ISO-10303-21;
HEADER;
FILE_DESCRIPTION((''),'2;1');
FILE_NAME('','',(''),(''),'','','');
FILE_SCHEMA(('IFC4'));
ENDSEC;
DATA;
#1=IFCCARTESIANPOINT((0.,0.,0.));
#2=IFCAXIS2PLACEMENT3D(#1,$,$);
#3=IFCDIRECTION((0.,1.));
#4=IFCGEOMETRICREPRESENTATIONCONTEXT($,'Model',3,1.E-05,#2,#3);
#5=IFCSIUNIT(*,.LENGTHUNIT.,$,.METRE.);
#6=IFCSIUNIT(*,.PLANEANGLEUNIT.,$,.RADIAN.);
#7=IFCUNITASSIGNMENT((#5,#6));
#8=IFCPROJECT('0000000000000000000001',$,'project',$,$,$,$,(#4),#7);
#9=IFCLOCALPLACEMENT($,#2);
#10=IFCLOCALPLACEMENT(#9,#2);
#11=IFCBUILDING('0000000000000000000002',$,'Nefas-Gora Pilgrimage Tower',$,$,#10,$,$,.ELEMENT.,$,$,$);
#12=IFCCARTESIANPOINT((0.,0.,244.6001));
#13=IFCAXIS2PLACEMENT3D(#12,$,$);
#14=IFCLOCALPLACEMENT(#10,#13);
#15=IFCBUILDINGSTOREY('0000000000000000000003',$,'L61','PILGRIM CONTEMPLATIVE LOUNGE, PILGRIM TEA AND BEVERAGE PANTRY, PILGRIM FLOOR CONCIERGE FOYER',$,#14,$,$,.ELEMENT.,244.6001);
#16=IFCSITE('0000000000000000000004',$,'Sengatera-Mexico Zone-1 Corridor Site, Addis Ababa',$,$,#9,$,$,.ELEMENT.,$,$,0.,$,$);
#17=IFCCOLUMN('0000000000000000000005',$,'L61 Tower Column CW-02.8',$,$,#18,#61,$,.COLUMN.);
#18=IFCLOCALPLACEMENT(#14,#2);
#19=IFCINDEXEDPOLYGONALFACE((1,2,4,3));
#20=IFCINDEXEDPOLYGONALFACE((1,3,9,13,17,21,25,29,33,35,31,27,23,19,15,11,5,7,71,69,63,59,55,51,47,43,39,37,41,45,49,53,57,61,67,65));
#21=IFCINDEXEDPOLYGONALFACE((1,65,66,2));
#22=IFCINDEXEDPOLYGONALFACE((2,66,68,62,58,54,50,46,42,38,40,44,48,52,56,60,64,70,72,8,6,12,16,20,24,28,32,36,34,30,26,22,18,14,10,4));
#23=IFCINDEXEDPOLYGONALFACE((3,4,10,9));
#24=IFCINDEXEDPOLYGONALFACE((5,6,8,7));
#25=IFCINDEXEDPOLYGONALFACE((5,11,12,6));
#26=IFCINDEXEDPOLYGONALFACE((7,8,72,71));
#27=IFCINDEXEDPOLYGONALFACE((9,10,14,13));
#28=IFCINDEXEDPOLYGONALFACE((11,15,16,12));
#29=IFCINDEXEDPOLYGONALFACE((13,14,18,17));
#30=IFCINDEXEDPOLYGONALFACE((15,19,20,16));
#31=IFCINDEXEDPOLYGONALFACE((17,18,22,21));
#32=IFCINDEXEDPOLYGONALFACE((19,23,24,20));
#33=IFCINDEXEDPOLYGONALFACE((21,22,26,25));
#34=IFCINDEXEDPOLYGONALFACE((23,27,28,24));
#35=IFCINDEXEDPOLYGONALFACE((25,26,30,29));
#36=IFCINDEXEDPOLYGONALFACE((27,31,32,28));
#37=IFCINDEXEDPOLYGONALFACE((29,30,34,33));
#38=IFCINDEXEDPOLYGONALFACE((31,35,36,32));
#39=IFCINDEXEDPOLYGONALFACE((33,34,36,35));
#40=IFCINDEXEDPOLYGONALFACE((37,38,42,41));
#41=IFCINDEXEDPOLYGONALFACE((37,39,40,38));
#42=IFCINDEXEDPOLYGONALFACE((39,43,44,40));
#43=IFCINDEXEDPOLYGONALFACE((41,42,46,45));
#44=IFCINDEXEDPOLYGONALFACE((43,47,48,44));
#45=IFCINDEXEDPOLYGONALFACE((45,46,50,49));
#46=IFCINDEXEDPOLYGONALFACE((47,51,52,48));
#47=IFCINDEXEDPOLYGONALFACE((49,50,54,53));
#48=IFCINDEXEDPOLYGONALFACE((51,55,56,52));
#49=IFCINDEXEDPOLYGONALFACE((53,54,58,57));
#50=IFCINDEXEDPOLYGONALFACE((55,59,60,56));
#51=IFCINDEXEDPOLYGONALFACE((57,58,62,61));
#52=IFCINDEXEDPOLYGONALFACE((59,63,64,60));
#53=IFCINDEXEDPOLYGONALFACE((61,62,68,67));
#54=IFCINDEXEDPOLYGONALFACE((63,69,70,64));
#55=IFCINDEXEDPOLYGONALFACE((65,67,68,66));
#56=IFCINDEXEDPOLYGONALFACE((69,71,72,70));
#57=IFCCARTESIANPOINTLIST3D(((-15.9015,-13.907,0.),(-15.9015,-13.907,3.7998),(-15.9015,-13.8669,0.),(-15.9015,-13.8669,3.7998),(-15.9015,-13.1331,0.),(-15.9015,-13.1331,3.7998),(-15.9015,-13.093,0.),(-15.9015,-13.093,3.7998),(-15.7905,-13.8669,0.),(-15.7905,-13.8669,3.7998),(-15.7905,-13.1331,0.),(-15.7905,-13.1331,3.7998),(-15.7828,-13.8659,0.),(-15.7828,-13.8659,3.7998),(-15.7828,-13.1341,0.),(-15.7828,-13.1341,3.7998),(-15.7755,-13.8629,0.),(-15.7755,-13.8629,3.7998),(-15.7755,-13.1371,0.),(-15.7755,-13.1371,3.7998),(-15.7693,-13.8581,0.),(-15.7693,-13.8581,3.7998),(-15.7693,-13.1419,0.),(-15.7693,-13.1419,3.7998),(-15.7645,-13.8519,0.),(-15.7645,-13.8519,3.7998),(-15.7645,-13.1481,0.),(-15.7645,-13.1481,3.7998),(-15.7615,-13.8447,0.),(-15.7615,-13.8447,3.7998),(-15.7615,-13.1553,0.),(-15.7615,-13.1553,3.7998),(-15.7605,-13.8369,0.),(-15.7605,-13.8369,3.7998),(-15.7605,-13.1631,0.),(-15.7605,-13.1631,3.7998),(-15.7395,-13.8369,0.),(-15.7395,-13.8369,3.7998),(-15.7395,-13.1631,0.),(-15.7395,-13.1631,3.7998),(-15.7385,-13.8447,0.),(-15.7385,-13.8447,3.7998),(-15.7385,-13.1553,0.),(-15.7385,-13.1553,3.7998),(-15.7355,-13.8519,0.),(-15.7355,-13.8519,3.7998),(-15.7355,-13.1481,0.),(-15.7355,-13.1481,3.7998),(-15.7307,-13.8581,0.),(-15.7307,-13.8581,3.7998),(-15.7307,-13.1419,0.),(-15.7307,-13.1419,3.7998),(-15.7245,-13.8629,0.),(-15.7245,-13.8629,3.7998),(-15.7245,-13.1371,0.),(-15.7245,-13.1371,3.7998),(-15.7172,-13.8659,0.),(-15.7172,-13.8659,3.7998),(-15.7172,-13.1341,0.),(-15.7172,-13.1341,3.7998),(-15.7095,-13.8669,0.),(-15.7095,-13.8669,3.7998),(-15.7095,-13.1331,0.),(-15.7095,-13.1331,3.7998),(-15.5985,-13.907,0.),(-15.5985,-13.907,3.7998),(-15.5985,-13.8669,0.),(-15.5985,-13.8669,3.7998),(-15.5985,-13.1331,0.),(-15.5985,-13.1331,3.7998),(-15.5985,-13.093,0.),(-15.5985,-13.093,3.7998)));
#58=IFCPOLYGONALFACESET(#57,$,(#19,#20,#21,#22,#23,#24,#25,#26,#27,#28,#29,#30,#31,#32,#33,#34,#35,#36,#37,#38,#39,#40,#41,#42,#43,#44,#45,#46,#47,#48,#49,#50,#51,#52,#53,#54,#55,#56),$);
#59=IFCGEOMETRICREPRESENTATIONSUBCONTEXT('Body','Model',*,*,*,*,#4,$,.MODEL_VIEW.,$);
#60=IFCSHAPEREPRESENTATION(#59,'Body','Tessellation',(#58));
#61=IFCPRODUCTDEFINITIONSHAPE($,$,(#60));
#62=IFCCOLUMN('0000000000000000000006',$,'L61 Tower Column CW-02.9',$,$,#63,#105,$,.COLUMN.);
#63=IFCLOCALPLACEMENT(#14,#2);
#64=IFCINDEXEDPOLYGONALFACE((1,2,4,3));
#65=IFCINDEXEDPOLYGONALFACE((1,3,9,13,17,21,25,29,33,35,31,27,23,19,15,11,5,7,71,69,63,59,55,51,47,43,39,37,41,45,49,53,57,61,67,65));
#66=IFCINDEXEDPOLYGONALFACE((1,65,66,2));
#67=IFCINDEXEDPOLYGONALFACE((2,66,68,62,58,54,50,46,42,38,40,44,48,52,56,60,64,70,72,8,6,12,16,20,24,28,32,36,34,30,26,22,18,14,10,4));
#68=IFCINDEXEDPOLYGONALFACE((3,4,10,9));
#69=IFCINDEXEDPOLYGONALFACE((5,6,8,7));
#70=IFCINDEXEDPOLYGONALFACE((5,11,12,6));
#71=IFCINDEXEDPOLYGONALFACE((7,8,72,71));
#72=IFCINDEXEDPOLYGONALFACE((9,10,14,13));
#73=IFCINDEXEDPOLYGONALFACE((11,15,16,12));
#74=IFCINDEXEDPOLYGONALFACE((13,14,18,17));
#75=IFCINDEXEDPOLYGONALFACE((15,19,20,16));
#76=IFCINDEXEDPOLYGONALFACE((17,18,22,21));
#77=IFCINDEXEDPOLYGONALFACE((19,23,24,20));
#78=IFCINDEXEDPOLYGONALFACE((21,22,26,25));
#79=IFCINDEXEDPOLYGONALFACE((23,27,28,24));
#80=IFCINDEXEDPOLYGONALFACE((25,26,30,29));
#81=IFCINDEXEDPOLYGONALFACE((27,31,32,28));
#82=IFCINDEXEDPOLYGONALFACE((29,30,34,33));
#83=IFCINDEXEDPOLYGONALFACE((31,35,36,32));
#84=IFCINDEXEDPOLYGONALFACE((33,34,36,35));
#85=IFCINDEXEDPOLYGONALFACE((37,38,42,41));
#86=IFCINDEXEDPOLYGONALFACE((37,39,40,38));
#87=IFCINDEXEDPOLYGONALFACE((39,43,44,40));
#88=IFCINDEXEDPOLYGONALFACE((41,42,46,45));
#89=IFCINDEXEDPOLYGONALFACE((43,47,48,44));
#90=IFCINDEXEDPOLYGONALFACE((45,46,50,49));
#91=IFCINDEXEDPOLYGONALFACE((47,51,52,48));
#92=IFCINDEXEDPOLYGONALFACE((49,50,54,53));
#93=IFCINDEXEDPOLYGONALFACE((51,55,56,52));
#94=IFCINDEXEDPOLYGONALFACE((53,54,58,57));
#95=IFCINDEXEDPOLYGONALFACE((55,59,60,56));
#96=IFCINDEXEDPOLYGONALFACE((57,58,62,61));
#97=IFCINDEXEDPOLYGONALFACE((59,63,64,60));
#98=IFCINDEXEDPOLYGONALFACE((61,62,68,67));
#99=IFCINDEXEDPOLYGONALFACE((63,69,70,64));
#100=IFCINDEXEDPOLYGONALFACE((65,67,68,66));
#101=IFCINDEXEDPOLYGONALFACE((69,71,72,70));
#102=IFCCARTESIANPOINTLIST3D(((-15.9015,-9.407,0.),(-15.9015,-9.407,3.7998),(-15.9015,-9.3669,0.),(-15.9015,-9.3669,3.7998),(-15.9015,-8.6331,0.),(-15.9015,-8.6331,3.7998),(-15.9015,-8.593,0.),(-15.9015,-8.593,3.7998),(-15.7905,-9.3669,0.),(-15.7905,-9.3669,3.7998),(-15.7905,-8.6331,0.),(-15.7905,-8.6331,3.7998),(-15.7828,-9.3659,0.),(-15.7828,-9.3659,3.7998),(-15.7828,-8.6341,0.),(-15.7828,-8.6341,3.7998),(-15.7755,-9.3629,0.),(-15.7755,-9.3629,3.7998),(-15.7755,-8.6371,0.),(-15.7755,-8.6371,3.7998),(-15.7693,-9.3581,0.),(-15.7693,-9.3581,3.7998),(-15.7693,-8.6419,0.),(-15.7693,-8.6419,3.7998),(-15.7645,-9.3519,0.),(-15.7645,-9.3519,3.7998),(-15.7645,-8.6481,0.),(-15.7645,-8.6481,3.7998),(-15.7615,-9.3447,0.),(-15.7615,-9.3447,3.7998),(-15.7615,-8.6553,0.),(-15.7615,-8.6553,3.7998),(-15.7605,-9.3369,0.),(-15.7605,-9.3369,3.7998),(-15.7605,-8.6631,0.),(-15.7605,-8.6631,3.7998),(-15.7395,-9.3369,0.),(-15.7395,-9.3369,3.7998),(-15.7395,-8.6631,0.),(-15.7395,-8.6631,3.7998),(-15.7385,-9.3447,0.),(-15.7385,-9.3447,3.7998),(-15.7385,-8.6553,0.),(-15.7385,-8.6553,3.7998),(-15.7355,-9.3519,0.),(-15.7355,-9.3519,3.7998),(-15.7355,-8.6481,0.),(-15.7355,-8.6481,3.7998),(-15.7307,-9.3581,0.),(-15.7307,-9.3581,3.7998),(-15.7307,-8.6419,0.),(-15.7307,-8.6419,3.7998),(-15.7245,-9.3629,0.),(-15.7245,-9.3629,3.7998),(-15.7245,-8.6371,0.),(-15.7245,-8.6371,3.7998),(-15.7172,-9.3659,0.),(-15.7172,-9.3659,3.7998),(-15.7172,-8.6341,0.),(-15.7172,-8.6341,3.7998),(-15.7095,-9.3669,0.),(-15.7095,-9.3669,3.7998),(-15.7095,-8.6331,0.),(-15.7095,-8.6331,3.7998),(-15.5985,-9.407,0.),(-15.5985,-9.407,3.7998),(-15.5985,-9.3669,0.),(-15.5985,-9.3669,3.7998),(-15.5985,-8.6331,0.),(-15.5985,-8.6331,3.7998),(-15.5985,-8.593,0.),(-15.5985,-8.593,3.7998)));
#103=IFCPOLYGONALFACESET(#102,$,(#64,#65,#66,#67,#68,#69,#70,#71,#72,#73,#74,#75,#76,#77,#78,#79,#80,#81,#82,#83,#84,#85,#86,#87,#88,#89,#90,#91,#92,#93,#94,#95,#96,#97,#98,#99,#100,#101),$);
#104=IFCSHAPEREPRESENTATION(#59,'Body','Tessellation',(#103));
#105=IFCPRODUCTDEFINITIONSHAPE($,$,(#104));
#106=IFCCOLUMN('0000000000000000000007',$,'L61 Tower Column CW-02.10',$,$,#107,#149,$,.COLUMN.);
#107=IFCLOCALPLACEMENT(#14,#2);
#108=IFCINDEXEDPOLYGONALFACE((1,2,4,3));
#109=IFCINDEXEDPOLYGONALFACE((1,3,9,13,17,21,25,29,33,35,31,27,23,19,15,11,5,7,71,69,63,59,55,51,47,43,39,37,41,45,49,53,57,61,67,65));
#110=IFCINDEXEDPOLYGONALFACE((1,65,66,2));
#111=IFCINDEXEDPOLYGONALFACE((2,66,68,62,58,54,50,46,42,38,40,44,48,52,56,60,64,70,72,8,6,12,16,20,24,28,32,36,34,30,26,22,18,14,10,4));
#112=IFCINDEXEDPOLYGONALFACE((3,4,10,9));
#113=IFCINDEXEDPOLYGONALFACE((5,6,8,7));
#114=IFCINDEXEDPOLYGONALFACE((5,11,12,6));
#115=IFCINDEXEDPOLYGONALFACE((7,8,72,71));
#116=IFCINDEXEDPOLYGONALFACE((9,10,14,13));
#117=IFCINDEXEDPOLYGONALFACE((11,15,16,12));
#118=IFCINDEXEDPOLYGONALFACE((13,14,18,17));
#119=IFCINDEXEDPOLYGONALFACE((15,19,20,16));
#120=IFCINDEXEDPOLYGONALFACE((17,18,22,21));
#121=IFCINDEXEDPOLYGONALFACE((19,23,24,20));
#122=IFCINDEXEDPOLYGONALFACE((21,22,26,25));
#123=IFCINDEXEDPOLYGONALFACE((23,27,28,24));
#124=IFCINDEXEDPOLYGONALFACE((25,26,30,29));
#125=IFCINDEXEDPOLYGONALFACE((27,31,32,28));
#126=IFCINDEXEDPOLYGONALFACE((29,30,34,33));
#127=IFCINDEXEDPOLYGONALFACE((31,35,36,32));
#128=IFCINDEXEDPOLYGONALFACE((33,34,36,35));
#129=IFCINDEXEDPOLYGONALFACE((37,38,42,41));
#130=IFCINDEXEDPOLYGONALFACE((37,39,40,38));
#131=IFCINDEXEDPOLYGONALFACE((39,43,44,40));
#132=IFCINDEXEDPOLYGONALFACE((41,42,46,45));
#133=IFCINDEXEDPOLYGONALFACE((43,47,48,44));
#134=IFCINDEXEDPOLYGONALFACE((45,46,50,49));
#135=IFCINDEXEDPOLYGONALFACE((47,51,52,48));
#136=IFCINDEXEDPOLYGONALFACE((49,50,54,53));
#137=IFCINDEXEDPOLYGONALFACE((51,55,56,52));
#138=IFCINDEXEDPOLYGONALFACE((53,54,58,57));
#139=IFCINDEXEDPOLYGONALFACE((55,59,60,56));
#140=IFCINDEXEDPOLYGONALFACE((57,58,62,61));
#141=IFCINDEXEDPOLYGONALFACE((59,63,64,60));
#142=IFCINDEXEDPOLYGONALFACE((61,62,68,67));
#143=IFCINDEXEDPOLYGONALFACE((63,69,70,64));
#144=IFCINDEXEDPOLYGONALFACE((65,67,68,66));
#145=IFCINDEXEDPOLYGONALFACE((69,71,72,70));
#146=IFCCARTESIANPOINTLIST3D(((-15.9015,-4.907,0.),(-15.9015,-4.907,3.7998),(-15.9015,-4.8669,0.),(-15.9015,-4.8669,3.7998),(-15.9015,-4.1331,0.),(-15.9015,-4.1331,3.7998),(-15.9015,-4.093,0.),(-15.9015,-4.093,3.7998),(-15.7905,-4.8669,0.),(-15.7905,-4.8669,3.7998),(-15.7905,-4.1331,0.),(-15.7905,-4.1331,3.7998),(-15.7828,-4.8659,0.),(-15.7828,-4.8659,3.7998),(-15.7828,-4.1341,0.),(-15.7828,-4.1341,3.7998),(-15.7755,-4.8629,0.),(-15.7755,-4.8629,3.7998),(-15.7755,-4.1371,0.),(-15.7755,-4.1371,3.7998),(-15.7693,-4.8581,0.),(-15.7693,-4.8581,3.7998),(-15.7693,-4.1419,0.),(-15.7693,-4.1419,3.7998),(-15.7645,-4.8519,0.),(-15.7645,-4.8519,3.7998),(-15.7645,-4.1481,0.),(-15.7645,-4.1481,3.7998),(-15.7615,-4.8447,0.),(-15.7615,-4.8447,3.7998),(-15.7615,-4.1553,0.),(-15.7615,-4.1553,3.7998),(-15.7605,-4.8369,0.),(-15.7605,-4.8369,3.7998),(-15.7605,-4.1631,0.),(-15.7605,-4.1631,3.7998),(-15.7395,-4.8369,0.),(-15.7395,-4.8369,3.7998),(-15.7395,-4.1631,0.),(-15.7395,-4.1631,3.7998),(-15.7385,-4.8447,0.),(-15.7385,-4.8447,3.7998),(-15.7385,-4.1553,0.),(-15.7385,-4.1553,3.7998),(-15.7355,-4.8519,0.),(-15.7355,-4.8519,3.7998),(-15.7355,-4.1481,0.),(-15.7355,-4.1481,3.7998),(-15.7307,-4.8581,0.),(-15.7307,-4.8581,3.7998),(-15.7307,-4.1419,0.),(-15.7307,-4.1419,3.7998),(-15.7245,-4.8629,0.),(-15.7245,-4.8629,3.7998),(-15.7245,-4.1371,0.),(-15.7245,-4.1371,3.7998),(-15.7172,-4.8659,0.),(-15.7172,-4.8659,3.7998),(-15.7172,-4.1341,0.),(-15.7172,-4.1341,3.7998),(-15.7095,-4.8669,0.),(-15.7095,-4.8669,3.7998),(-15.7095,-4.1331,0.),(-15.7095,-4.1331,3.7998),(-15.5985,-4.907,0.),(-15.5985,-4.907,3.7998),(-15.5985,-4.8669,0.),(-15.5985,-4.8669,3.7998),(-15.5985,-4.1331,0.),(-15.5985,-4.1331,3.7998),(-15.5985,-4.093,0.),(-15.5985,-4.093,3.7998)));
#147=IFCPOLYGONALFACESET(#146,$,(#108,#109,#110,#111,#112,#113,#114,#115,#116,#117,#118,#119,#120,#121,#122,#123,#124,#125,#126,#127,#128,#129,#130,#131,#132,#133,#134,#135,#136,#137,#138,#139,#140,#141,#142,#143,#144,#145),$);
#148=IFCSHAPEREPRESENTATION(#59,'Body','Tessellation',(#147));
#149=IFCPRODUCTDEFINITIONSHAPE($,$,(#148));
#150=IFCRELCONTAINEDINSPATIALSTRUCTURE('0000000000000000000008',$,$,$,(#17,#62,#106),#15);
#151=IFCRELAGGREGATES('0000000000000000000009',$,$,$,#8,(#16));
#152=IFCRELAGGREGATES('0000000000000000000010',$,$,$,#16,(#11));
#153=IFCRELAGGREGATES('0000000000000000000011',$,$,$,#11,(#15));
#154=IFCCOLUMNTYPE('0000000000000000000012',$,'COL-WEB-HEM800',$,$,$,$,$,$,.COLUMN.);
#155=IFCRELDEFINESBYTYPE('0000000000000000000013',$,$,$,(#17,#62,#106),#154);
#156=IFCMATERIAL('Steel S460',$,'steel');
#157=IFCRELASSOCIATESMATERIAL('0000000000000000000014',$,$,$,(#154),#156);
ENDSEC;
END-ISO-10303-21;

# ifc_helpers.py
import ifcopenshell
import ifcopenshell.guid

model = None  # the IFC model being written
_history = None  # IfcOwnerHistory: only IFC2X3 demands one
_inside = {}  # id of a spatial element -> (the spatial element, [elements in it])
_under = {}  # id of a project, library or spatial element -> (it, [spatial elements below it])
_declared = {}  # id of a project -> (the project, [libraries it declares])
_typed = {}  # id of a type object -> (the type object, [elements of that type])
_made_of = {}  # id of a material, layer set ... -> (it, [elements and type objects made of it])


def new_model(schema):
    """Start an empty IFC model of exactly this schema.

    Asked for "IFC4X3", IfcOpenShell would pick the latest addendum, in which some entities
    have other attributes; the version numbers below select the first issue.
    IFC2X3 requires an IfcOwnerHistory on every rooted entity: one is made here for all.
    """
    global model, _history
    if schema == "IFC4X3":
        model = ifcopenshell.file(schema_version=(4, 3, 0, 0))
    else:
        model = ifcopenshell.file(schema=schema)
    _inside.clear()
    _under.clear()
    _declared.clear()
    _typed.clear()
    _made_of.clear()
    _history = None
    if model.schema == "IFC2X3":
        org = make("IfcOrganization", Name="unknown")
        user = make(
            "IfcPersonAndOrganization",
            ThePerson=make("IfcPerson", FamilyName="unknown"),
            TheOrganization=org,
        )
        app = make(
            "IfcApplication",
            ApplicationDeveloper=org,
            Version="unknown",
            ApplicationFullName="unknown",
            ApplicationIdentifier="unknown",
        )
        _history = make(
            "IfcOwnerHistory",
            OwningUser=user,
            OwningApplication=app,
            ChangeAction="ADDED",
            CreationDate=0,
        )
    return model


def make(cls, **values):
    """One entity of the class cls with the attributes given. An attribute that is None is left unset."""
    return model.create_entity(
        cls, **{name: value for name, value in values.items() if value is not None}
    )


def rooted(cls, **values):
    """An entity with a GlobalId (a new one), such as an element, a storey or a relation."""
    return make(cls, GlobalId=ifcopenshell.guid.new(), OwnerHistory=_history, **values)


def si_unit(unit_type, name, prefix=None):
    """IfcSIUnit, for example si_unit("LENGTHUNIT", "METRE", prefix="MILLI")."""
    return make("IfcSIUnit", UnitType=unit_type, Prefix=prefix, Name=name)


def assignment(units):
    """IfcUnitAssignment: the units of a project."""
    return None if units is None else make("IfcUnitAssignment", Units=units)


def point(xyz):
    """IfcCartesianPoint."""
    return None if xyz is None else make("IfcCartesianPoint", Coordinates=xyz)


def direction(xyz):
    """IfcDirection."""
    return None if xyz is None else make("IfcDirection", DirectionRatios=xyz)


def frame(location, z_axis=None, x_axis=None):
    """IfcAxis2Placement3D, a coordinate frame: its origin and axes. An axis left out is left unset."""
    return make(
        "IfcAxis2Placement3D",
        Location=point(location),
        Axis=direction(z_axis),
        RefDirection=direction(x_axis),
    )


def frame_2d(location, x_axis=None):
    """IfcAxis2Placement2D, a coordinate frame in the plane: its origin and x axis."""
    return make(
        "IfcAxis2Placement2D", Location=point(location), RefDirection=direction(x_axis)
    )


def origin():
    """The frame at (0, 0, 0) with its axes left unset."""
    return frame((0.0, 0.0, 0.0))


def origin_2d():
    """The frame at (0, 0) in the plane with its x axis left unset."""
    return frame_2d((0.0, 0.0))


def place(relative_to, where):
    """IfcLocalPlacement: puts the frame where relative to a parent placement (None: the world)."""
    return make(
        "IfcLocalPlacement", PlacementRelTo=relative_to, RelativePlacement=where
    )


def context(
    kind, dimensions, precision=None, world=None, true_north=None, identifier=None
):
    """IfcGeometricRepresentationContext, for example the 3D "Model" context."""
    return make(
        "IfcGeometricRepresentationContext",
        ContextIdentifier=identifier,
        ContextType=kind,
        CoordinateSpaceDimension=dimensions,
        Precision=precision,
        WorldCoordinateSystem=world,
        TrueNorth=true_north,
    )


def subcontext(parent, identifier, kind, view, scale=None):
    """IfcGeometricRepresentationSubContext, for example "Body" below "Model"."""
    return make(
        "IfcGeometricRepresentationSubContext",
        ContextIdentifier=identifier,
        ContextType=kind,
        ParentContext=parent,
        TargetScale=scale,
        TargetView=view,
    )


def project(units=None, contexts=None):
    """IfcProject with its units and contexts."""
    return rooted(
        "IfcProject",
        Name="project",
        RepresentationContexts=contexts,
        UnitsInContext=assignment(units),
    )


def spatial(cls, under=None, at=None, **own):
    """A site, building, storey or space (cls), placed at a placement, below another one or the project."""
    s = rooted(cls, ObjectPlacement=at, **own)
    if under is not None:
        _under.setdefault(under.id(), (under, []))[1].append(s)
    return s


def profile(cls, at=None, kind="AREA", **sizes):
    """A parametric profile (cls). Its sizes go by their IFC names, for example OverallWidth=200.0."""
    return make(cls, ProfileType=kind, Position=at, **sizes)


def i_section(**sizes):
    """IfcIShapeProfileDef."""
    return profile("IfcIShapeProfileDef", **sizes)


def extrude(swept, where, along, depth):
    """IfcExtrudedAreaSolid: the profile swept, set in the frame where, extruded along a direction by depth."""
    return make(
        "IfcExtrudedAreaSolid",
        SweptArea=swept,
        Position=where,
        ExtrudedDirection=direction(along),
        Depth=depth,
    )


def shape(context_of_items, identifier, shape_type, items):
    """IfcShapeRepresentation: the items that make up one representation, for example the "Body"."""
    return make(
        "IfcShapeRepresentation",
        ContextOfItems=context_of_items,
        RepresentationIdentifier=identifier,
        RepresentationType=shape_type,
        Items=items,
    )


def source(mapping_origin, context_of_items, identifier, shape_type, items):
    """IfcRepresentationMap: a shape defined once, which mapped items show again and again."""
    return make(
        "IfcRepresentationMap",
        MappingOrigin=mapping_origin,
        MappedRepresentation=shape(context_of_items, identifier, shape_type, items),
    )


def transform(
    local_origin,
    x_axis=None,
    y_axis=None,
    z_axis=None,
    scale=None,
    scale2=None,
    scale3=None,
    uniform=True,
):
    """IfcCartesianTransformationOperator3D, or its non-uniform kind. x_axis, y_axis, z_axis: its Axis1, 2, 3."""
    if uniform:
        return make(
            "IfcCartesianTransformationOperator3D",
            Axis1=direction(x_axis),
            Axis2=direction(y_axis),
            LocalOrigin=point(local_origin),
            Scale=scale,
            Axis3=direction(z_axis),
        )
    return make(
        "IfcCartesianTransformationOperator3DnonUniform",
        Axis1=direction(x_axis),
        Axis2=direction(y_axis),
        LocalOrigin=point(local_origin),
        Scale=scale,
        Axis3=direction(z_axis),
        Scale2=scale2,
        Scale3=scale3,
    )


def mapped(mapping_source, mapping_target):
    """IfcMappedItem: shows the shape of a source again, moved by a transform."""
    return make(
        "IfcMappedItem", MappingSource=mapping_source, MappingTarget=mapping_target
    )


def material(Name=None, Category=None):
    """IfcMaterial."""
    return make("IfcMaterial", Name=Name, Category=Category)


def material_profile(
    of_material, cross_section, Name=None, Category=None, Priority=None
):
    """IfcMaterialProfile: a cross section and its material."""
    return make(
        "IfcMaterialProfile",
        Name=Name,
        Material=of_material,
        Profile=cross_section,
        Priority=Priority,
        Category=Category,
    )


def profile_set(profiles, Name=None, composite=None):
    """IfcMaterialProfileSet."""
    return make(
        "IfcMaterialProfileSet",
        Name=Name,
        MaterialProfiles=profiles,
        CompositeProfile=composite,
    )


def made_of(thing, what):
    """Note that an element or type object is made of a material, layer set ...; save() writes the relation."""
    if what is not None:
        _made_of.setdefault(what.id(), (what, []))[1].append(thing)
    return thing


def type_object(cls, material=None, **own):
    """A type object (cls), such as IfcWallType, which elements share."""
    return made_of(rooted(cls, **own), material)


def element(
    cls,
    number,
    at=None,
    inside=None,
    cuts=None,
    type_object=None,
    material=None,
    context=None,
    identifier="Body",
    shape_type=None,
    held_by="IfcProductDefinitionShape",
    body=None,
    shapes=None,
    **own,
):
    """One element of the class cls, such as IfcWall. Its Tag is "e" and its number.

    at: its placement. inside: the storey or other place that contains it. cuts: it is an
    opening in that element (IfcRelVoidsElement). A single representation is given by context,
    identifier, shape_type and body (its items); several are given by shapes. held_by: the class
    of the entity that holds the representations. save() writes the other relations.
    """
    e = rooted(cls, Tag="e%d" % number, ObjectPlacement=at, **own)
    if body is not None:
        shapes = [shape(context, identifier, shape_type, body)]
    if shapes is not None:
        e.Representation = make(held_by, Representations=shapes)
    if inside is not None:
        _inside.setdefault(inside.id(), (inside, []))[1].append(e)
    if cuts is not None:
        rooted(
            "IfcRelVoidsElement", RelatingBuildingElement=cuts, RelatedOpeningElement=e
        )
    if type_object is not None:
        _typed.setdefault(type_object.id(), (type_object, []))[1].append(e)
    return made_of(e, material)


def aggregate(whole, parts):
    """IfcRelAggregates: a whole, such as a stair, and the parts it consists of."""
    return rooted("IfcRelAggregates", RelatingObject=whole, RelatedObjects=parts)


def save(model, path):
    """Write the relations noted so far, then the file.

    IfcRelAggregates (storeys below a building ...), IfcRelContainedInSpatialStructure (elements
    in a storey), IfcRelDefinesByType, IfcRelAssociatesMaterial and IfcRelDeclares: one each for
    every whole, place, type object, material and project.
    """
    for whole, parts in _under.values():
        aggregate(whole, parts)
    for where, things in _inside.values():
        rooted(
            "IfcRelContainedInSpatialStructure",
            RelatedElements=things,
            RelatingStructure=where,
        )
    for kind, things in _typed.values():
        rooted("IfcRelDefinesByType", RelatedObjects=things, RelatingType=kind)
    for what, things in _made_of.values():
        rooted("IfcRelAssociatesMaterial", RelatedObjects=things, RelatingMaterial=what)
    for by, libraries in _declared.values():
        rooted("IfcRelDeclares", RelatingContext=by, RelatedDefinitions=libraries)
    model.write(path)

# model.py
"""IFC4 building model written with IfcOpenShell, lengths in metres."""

from ifc_helpers import new_model, si_unit, direction, frame, origin, origin_2d, place, context, subcontext, project, spatial, i_section, extrude, source, transform, mapped, material, material_profile, profile_set, type_object, element, save


model = new_model("IFC4")

# Units and contexts
model_context = context("Model", 3, precision=1e-05, world=origin(), true_north=direction((0.0, 1.0)))
body_context = subcontext(model_context, "Body", "Model", "MODEL_VIEW")
ifc_project = project(units=[si_unit("LENGTHUNIT", "METRE"), si_unit("PLANEANGLEUNIT", "RADIAN")], contexts=[model_context])

# Site, building, storey
site_placement = place(None, origin())
site = spatial("IfcSite", under=ifc_project, at=site_placement, Name="Sengatera-Mexico Zone-1 Corridor Site, Addis Ababa", CompositionType="ELEMENT", RefElevation=0.0)
building_placement = place(site_placement, origin())
building = spatial("IfcBuilding", under=site, at=building_placement, Name="Nefas-Gora Pilgrimage Tower", CompositionType="ELEMENT")
storey_placement = place(building_placement, frame((0.0, 0.0, 244.6001)))
storey = spatial("IfcBuildingStorey", under=building, at=storey_placement, Name="L61", Description="PILGRIM CONTEMPLATIVE LOUNGE, PILGRIM TEA AND BEVERAGE PANTRY, PILGRIM FLOOR CONCIERGE FOYER", CompositionType="ELEMENT", Elevation=244.6001)

# Columns
ifc_material_1 = material(Name="Steel S460", Category="steel")
ifc_material_profile_1 = material_profile(ifc_material_1, i_section(OverallWidth=0.303, OverallDepth=0.814, WebThickness=0.021, FlangeThickness=0.04, FilletRadius=0.03, at=origin_2d()), Name="HEM 800")
ifc_profile_set_1 = profile_set([ifc_material_profile_1], Name="Steel S460")
column_type_1 = type_object("IfcColumnType", Name="COL-WEB-HEM800", PredefinedType="COLUMN", material=ifc_profile_set_1)
shared_shape_1 = source(origin(), body_context, "Body", "SweptSolid", [
    extrude(i_section(OverallWidth=0.303, OverallDepth=0.814, WebThickness=0.021, FlangeThickness=0.04, FilletRadius=0.03, at=origin_2d()), origin(), (0.0, 0.0, 1.0), 3.7998),
])
for number, where, z_axis, x_axis, name in (
    (1, (-15.75, -13.5, 0.0), (0.0, 0.0, 1.0), (1.0, 0.0, 0.0), "L61 Tower Column CW-02.8"),
    (2, (-15.75, -9.0, 0.0), (0.0, 0.0, 1.0), (1.0, 0.0, 0.0), "L61 Tower Column CW-02.9"),
    (3, (-15.75, -4.5, 0.0), (0.0, 0.0, 1.0), (1.0, 0.0, 0.0), "L61 Tower Column CW-02.10"),
):
    element("IfcColumn", number, at=place(storey_placement, frame(where, z_axis=z_axis, x_axis=x_axis)), inside=storey, type_object=column_type_1, Name=name, PredefinedType="COLUMN", context=body_context, shape_type="MappedRepresentation", body=[
        mapped(shared_shape_1, transform((0.0, 0.0, 0.0), x_axis=(1.0, 0.0, 0.0), y_axis=(0.0, 1.0, 0.0), z_axis=(0.0, 0.0, 1.0), scale=1.0)),
    ])

save(model, "model.ifc")
